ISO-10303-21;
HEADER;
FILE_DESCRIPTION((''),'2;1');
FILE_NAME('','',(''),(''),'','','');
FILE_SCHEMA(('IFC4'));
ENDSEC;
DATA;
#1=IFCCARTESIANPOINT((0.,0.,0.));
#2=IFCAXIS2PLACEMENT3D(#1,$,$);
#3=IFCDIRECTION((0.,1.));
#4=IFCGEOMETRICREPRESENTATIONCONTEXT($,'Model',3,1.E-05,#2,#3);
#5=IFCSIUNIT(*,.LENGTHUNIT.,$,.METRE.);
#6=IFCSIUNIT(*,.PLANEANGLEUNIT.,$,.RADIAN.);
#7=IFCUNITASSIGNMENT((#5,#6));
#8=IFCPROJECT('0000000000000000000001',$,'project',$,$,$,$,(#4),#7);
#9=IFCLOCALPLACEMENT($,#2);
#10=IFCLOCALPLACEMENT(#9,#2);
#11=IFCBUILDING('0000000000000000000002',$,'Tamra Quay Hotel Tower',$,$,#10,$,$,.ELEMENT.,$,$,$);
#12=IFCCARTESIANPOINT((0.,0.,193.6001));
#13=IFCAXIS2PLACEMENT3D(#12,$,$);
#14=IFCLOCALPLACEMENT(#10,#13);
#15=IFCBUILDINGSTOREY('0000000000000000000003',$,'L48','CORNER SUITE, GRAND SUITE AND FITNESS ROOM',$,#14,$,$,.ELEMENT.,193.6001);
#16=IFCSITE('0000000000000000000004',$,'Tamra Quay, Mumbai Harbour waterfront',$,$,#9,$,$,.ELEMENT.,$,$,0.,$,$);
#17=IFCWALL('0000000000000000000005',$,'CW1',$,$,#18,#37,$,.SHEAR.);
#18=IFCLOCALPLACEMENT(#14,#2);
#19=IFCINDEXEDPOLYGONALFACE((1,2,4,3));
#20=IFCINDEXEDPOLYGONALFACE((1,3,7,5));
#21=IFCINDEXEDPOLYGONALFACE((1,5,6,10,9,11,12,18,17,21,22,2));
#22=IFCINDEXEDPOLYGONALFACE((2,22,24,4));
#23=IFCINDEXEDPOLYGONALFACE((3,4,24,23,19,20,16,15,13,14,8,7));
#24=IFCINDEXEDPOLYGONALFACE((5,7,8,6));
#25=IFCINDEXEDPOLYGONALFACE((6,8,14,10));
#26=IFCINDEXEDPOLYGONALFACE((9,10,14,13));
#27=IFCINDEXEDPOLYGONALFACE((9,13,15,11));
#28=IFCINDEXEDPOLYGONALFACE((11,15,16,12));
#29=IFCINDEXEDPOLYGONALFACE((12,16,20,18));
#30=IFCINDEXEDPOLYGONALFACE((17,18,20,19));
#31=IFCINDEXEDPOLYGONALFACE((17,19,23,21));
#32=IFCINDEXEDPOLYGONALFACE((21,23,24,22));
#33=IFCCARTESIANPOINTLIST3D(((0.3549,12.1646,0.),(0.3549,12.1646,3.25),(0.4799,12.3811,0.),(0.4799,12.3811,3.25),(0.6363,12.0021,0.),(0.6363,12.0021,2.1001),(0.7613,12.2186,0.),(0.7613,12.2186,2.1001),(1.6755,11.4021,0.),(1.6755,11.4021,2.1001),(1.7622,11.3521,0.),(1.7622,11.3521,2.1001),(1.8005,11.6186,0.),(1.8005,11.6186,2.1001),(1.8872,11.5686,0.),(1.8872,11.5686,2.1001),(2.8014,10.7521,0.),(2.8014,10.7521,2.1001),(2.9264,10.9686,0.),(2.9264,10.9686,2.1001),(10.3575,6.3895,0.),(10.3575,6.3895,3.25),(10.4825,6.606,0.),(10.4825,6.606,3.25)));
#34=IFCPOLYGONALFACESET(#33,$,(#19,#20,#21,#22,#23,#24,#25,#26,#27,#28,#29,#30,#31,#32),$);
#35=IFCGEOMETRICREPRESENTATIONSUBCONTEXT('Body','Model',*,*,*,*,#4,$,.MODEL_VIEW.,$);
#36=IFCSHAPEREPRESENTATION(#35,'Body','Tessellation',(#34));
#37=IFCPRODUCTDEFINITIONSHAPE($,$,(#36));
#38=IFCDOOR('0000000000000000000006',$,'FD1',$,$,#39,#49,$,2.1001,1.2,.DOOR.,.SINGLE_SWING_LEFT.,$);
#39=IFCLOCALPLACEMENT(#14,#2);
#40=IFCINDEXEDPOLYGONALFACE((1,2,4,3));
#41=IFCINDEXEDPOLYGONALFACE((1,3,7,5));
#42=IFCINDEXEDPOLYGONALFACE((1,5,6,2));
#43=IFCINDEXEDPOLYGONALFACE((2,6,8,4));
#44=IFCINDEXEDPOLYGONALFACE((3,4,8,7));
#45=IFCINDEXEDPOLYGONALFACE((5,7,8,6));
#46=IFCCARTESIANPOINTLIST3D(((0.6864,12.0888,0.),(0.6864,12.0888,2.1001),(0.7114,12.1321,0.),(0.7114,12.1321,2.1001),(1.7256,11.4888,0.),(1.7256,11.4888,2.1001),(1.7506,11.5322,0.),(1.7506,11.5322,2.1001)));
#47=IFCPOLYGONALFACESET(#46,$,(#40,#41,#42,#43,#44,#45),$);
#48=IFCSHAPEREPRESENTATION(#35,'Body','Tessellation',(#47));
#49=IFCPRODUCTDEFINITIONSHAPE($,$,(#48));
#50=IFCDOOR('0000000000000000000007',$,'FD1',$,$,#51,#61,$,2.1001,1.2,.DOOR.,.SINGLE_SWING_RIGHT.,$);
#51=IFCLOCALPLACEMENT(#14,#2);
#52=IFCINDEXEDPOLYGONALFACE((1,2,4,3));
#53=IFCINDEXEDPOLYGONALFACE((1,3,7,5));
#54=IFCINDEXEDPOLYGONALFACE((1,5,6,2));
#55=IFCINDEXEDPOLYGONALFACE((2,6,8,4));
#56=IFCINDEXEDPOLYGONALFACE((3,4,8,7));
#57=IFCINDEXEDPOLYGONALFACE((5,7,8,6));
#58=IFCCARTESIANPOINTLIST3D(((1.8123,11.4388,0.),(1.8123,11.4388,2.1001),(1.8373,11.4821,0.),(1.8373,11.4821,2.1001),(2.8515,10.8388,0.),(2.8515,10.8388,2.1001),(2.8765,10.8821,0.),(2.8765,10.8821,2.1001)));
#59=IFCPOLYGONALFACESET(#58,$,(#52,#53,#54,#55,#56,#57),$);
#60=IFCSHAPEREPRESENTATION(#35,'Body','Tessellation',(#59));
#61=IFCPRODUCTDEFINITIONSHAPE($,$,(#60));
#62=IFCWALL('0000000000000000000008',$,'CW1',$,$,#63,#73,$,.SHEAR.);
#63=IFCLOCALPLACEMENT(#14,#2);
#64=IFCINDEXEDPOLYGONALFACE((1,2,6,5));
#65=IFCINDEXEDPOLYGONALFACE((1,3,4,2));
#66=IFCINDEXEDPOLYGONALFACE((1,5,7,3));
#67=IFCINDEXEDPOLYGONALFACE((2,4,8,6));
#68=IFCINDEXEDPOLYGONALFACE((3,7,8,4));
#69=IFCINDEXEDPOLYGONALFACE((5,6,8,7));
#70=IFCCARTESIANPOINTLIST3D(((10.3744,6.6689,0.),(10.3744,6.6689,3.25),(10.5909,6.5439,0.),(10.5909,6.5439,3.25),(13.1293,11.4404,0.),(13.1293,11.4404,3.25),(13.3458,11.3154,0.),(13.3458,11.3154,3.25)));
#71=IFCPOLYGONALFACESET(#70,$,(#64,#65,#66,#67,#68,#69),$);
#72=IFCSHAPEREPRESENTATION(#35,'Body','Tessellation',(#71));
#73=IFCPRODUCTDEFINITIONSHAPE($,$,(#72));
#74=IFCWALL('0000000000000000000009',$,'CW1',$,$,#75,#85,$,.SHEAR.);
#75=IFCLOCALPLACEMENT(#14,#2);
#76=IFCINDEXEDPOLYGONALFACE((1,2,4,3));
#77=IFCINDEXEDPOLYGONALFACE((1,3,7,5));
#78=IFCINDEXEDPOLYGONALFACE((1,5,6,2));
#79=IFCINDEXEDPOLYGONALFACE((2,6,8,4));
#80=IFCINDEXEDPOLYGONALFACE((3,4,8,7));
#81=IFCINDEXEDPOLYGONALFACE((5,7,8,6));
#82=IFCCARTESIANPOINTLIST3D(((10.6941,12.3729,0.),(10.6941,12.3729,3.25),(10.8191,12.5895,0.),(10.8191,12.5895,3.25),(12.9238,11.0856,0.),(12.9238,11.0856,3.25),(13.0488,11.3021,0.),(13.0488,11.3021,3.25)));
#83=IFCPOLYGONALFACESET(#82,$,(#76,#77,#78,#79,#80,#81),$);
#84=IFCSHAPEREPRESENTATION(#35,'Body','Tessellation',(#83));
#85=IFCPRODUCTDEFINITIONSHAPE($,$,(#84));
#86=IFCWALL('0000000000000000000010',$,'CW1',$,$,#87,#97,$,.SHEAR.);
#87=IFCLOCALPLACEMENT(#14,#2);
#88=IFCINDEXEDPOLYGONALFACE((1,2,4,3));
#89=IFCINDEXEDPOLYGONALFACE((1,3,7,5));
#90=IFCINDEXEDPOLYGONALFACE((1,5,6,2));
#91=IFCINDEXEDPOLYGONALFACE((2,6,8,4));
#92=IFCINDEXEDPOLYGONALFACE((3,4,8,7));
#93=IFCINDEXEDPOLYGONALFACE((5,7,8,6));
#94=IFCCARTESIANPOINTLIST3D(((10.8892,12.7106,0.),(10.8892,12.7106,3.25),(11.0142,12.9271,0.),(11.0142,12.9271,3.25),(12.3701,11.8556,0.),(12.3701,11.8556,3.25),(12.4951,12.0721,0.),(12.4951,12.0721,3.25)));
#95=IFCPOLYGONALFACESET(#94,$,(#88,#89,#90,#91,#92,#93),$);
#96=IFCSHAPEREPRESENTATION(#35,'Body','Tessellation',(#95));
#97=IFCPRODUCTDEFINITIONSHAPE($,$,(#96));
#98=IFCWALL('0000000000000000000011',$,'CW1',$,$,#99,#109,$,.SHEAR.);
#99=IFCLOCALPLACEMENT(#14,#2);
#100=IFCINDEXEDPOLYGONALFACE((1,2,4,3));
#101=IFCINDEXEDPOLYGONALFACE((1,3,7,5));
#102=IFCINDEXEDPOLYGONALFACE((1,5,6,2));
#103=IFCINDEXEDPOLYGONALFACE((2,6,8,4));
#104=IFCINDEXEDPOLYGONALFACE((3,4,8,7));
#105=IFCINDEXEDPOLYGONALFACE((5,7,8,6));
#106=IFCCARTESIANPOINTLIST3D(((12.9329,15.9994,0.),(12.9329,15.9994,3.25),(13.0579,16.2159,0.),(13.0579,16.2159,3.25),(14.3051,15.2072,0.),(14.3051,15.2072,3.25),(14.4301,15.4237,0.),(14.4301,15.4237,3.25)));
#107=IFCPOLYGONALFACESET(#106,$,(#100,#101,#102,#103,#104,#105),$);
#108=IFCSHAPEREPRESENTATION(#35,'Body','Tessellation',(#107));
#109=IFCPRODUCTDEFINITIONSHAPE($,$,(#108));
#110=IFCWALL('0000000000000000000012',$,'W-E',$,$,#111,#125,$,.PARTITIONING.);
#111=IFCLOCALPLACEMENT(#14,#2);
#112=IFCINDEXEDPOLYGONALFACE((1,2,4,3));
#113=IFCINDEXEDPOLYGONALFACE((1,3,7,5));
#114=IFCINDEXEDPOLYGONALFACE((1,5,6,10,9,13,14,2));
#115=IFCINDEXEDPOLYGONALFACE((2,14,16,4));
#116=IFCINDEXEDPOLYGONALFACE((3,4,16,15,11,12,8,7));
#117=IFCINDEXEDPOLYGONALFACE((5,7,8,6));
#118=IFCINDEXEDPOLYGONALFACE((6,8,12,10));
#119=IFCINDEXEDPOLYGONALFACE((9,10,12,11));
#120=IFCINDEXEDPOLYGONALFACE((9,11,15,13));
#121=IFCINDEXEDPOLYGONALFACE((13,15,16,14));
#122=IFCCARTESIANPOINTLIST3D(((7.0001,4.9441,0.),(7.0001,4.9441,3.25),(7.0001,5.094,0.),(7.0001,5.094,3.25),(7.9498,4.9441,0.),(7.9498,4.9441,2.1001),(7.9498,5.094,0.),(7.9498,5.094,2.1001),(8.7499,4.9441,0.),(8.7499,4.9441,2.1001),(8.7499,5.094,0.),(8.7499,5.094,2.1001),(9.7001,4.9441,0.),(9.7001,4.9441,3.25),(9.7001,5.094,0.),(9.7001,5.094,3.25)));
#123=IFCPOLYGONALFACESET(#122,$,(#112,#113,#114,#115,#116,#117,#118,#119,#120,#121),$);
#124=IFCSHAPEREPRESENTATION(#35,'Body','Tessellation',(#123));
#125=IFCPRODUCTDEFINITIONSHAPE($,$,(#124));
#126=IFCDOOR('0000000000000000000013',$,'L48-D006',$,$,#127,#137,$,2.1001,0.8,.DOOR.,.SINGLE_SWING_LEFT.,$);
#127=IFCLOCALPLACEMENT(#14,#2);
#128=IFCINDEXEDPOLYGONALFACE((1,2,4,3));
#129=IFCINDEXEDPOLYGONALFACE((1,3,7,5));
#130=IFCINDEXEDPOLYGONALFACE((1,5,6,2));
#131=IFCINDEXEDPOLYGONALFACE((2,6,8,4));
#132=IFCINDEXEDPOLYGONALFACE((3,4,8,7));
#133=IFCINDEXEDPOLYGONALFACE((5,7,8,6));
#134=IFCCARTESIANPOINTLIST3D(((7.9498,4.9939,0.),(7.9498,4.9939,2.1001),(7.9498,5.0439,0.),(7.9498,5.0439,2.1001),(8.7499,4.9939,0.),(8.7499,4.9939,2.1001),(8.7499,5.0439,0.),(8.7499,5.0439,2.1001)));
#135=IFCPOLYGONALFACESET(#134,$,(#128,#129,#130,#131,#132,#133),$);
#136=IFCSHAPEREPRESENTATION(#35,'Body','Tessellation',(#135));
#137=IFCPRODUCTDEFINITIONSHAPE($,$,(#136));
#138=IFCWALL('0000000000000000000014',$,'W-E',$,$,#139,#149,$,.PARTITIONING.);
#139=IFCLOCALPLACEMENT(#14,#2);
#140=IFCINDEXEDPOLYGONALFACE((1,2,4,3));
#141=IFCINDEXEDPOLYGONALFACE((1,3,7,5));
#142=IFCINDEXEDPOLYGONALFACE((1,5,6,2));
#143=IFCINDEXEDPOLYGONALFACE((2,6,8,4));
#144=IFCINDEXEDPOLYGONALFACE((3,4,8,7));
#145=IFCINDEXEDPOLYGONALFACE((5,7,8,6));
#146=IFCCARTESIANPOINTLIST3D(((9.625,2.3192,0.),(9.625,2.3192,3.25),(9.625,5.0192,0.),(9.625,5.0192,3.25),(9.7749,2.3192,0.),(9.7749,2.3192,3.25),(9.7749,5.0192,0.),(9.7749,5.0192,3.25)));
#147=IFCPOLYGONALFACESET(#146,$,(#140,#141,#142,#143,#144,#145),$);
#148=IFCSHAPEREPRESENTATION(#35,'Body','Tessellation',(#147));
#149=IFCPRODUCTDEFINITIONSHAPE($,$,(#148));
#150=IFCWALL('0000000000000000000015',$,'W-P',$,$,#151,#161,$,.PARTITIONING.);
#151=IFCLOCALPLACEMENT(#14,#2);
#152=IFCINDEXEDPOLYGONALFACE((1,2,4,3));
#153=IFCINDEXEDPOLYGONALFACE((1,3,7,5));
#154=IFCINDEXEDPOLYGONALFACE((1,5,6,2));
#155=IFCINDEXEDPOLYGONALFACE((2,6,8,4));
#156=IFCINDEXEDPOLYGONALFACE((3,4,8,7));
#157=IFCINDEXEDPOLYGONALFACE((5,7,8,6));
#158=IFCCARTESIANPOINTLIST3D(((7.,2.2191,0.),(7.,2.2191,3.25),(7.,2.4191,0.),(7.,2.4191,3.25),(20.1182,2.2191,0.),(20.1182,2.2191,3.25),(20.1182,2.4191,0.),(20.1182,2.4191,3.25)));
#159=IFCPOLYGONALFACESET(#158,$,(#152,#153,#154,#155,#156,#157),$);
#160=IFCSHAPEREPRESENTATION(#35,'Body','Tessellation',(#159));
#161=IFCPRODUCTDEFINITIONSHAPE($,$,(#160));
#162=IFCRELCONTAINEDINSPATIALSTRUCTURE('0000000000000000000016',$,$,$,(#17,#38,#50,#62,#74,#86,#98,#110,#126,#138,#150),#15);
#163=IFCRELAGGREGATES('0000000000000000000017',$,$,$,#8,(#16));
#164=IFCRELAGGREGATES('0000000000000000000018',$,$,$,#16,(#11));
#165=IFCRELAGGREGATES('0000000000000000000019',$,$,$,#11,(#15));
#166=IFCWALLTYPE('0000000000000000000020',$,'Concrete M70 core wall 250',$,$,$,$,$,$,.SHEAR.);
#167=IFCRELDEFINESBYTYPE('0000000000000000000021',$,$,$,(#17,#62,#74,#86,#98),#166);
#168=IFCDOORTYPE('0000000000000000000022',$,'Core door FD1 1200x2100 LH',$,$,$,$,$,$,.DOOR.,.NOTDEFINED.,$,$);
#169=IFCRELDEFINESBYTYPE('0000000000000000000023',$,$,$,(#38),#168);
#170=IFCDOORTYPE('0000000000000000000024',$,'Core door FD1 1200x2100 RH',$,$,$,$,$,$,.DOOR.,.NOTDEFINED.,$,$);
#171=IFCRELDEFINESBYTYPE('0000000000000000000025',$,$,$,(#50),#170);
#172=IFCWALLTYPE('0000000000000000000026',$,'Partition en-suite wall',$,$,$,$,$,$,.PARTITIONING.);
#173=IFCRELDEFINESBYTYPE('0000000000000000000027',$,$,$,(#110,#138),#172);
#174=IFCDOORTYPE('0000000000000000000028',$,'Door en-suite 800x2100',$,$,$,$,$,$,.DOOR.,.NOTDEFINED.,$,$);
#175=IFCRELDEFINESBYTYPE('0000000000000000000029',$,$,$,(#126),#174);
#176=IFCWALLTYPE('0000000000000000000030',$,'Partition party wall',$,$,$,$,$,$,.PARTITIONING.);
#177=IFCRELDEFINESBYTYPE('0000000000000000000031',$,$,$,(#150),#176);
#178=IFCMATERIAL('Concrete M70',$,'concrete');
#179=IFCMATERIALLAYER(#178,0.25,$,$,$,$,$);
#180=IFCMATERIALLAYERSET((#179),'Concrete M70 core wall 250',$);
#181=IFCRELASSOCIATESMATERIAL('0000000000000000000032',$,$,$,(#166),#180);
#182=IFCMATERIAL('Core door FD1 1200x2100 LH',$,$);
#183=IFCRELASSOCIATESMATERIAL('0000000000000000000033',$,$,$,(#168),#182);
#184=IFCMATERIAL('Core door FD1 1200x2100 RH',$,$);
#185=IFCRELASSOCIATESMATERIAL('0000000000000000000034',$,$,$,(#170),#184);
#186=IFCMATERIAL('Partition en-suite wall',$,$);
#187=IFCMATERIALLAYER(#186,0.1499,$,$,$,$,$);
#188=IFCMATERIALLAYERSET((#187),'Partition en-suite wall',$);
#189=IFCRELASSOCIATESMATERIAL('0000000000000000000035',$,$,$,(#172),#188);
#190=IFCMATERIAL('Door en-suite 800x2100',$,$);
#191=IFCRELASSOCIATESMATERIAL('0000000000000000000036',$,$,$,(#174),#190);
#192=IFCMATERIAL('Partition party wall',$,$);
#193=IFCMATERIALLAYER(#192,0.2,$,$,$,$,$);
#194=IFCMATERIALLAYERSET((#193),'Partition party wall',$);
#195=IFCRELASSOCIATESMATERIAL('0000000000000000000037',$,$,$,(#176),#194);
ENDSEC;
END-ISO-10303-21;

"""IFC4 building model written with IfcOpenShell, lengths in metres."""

from ifc_helpers import new_model, si_unit, direction, frame, frame_2d, origin, place, context, subcontext, project, spatial, rectangle, extrude, material, layer, layer_set, type_object, element, fill, save


model = new_model("IFC4")

# Units and contexts
model_context = context("Model", 3, precision=1e-05, world=origin(), true_north=direction((0.0, 1.0)))
body_context = subcontext(model_context, "Body", "Model", "MODEL_VIEW")
ifc_project = project(units=[si_unit("LENGTHUNIT", "METRE"), si_unit("PLANEANGLEUNIT", "RADIAN")], contexts=[model_context])

# Site, building, storey
site_placement = place(None, origin())
site = spatial("IfcSite", under=ifc_project, at=site_placement, Name="Tamra Quay, Mumbai Harbour waterfront", CompositionType="ELEMENT", RefElevation=0.0)
building_placement = place(site_placement, origin())
building = spatial("IfcBuilding", under=site, at=building_placement, Name="Tamra Quay Hotel Tower", CompositionType="ELEMENT")
storey_placement = place(building_placement, frame((0.0, 0.0, 193.6001)))
storey = spatial("IfcBuildingStorey", under=building, at=storey_placement, Name="L48", Description="CORNER SUITE, GRAND SUITE AND FITNESS ROOM", CompositionType="ELEMENT", Elevation=193.6001)

# Shared definitions
ifc_material_1 = material(Name="Concrete M70", Category="concrete")

# Wall, openings, doors
ifc_layer_1 = layer(ifc_material_1, 0.25)
ifc_layer_set_1 = layer_set([ifc_layer_1], Name="Concrete M70 core wall 250")
wall_type_1 = type_object("IfcWallType", Name="Concrete M70 core wall 250", PredefinedType="SHEAR", material=ifc_layer_set_1)
wall_1_placement = place(storey_placement, frame((10.4199, 6.4978, 0.0), z_axis=(0.0, 0.0, 1.0), x_axis=(-0.866022, 0.500006, 0.0)))
wall_1 = element("IfcWall", 1, at=wall_1_placement, inside=storey, type_object=wall_type_1, Name="CW1", PredefinedType="SHEAR", context=body_context, shape_type="SweptSolid", body=[
    extrude(rectangle(XDim=11.55, YDim=0.25, at=frame_2d((5.7749, 0.0))), origin(), (0.0, 0.0, 1.0), 3.25),
])
opening_1_placement = place(wall_1_placement, frame((10.0249, 0.0, 0.0)))
opening_1 = element("IfcOpeningElement", 2, at=opening_1_placement, cuts=wall_1, PredefinedType="OPENING", context=body_context, shape_type="SweptSolid", body=[
    extrude(rectangle(XDim=1.2, YDim=2.1001, at=frame_2d((0.6001, 1.05))), frame((0.0, 0.135, 0.0), z_axis=(0.0, -1.0, 0.0), x_axis=(1.0, 0.0, 0.0)), (0.0, 0.0, 1.0), 0.27),
])
opening_2_placement = place(wall_1_placement, frame((8.7249, 0.0, 0.0)))
opening_2 = element("IfcOpeningElement", 3, at=opening_2_placement, cuts=wall_1, PredefinedType="OPENING", context=body_context, shape_type="SweptSolid", body=[
    extrude(rectangle(XDim=1.2, YDim=2.1001, at=frame_2d((0.6001, 1.05))), frame((0.0, 0.135, 0.0), z_axis=(0.0, -1.0, 0.0), x_axis=(1.0, 0.0, 0.0)), (0.0, 0.0, 1.0), 0.27),
])
ifc_material_2 = material(Name="Core door FD1 1200x2100 LH")
door_type_1 = type_object("IfcDoorType", Name="Core door FD1 1200x2100 LH", OperationType="NOTDEFINED", PredefinedType="DOOR", material=ifc_material_2)
door_1_placement = place(opening_1_placement, origin())
door_1 = element("IfcDoor", 4, at=door_1_placement, inside=storey, type_object=door_type_1, Name="FD1", OperationType="SINGLE_SWING_LEFT", OverallHeight=2.1001, OverallWidth=1.2, PredefinedType="DOOR", context=body_context, shape_type="SweptSolid", body=[
    extrude(rectangle(XDim=1.2, YDim=2.1001, at=frame_2d((0.6001, 1.05))), frame((0.0, 0.0249, 0.0), z_axis=(0.0, -1.0, 0.0), x_axis=(1.0, 0.0, 0.0)), (0.0, 0.0, 1.0), 0.05),
])
fill(opening_1, door_1)
ifc_material_3 = material(Name="Core door FD1 1200x2100 RH")
door_type_2 = type_object("IfcDoorType", Name="Core door FD1 1200x2100 RH", OperationType="NOTDEFINED", PredefinedType="DOOR", material=ifc_material_3)
door_2_placement = place(opening_2_placement, origin())
door_2 = element("IfcDoor", 5, at=door_2_placement, inside=storey, type_object=door_type_2, Name="FD1", OperationType="SINGLE_SWING_RIGHT", OverallHeight=2.1001, OverallWidth=1.2, PredefinedType="DOOR", context=body_context, shape_type="SweptSolid", body=[
    extrude(rectangle(XDim=1.2, YDim=2.1001, at=frame_2d((0.6001, 1.05))), frame((0.0, 0.0249, 0.0), z_axis=(0.0, -1.0, 0.0), x_axis=(1.0, 0.0, 0.0)), (0.0, 0.0, 1.0), 0.05),
])
fill(opening_2, door_2)

# Walls
wall_2_placement = place(storey_placement, frame((13.2375, 11.3779, 0.0), z_axis=(0.0, 0.0, 1.0), x_axis=(-0.500009, -0.86602, 0.0)))
element("IfcWall", 6, at=wall_2_placement, inside=storey, type_object=wall_type_1, Name="CW1", PredefinedType="SHEAR", context=body_context, shape_type="SweptSolid", body=[
    extrude(rectangle(XDim=5.5098, YDim=0.25, at=frame_2d((2.7549, 0.0))), origin(), (0.0, 0.0, 1.0), 3.25),
])
wall_3_placement = place(storey_placement, frame((10.7566, 12.4812, 0.0), z_axis=(0.0, 0.0, 1.0), x_axis=(0.866023, -0.500004, 0.0)))
element("IfcWall", 7, at=wall_3_placement, inside=storey, type_object=wall_type_1, Name="CW1", PredefinedType="SHEAR", context=body_context, shape_type="SweptSolid", body=[
    extrude(rectangle(XDim=2.5747, YDim=0.25, at=frame_2d((1.2874, 0.0))), origin(), (0.0, 0.0, 1.0), 3.25),
])
wall_4_placement = place(storey_placement, frame((12.4326, 11.9639, 0.0), z_axis=(0.0, 0.0, 1.0), x_axis=(-0.866038, 0.499978, 0.0)))
element("IfcWall", 8, at=wall_4_placement, inside=storey, type_object=wall_type_1, Name="CW1", PredefinedType="SHEAR", context=body_context, shape_type="SweptSolid", body=[
    extrude(rectangle(XDim=1.71, YDim=0.25, at=frame_2d((0.855, 0.0))), origin(), (0.0, 0.0, 1.0), 3.25),
])
wall_5_placement = place(storey_placement, frame((12.9954, 16.1077, 0.0), z_axis=(0.0, 0.0, 1.0), x_axis=(0.866044, -0.499967, 0.0)))
element("IfcWall", 9, at=wall_5_placement, inside=storey, type_object=wall_type_1, Name="CW1", PredefinedType="SHEAR", context=body_context, shape_type="SweptSolid", body=[
    extrude(rectangle(XDim=1.5845, YDim=0.25, at=frame_2d((0.7922, 0.0))), origin(), (0.0, 0.0, 1.0), 3.25),
])

# Wall, opening, door
ifc_material_4 = material(Name="Partition en-suite wall")
ifc_layer_2 = layer(ifc_material_4, 0.1499)
ifc_layer_set_2 = layer_set([ifc_layer_2], Name="Partition en-suite wall")
wall_type_2 = type_object("IfcWallType", Name="Partition en-suite wall", PredefinedType="PARTITIONING", material=ifc_layer_set_2)
wall_6_placement = place(storey_placement, frame((7.0, 5.019, 0.0), z_axis=(0.0, 0.0, 1.0), x_axis=(1.0, 0.0, 0.0)))
wall_6 = element("IfcWall", 10, at=wall_6_placement, inside=storey, type_object=wall_type_2, Name="W-E", PredefinedType="PARTITIONING", context=body_context, shape_type="SweptSolid", body=[
    extrude(rectangle(XDim=2.7, YDim=0.1499, at=frame_2d((1.3501, 0.0))), origin(), (0.0, 0.0, 1.0), 3.25),
])
opening_3_placement = place(wall_6_placement, frame((0.95, 0.0, 0.0)))
opening_3 = element("IfcOpeningElement", 11, at=opening_3_placement, cuts=wall_6, PredefinedType="OPENING", context=body_context, shape_type="SweptSolid", body=[
    extrude(rectangle(XDim=0.8, YDim=2.1001, at=frame_2d((0.3999, 1.05))), frame((0.0, 0.085, 0.0), z_axis=(0.0, -1.0, 0.0), x_axis=(1.0, 0.0, 0.0)), (0.0, 0.0, 1.0), 0.1699),
])
ifc_material_5 = material(Name="Door en-suite 800x2100")
door_type_3 = type_object("IfcDoorType", Name="Door en-suite 800x2100", OperationType="NOTDEFINED", PredefinedType="DOOR", material=ifc_material_5)
door_3_placement = place(opening_3_placement, origin())
door_3 = element("IfcDoor", 12, at=door_3_placement, inside=storey, type_object=door_type_3, Name="L48-D006", OperationType="SINGLE_SWING_LEFT", OverallHeight=2.1001, OverallWidth=0.8, PredefinedType="DOOR", context=body_context, shape_type="SweptSolid", body=[
    extrude(rectangle(XDim=0.8, YDim=2.1001, at=frame_2d((0.3999, 1.05))), frame((0.0, 0.0249, 0.0), z_axis=(0.0, -1.0, 0.0), x_axis=(1.0, 0.0, 0.0)), (0.0, 0.0, 1.0), 0.05),
])
fill(opening_3, door_3)

# Walls
wall_7_placement = place(storey_placement, frame((9.7, 2.3191, 0.0), z_axis=(0.0, 0.0, 1.0), x_axis=(0.0, 1.0, 0.0)))
element("IfcWall", 13, at=wall_7_placement, inside=storey, type_object=wall_type_2, Name="W-E", PredefinedType="PARTITIONING", context=body_context, shape_type="SweptSolid", body=[
    extrude(rectangle(XDim=2.7, YDim=0.1499, at=frame_2d((1.3501, 0.0))), origin(), (0.0, 0.0, 1.0), 3.25),
])
ifc_material_6 = material(Name="Partition party wall")
ifc_layer_3 = layer(ifc_material_6, 0.2)
ifc_layer_set_3 = layer_set([ifc_layer_3], Name="Partition party wall")
wall_type_3 = type_object("IfcWallType", Name="Partition party wall", PredefinedType="PARTITIONING", material=ifc_layer_set_3)
wall_8_placement = place(storey_placement, frame((7.0, 2.3191, 0.0), z_axis=(0.0, 0.0, 1.0), x_axis=(1.0, 0.0, 0.0)))
element("IfcWall", 14, at=wall_8_placement, inside=storey, type_object=wall_type_3, Name="W-P", PredefinedType="PARTITIONING", context=body_context, shape_type="SweptSolid", body=[
    extrude(rectangle(XDim=13.1182, YDim=0.2, at=frame_2d((6.5591, 0.0))), origin(), (0.0, 0.0, 1.0), 3.25),
])

save(model, "model.ifc")
